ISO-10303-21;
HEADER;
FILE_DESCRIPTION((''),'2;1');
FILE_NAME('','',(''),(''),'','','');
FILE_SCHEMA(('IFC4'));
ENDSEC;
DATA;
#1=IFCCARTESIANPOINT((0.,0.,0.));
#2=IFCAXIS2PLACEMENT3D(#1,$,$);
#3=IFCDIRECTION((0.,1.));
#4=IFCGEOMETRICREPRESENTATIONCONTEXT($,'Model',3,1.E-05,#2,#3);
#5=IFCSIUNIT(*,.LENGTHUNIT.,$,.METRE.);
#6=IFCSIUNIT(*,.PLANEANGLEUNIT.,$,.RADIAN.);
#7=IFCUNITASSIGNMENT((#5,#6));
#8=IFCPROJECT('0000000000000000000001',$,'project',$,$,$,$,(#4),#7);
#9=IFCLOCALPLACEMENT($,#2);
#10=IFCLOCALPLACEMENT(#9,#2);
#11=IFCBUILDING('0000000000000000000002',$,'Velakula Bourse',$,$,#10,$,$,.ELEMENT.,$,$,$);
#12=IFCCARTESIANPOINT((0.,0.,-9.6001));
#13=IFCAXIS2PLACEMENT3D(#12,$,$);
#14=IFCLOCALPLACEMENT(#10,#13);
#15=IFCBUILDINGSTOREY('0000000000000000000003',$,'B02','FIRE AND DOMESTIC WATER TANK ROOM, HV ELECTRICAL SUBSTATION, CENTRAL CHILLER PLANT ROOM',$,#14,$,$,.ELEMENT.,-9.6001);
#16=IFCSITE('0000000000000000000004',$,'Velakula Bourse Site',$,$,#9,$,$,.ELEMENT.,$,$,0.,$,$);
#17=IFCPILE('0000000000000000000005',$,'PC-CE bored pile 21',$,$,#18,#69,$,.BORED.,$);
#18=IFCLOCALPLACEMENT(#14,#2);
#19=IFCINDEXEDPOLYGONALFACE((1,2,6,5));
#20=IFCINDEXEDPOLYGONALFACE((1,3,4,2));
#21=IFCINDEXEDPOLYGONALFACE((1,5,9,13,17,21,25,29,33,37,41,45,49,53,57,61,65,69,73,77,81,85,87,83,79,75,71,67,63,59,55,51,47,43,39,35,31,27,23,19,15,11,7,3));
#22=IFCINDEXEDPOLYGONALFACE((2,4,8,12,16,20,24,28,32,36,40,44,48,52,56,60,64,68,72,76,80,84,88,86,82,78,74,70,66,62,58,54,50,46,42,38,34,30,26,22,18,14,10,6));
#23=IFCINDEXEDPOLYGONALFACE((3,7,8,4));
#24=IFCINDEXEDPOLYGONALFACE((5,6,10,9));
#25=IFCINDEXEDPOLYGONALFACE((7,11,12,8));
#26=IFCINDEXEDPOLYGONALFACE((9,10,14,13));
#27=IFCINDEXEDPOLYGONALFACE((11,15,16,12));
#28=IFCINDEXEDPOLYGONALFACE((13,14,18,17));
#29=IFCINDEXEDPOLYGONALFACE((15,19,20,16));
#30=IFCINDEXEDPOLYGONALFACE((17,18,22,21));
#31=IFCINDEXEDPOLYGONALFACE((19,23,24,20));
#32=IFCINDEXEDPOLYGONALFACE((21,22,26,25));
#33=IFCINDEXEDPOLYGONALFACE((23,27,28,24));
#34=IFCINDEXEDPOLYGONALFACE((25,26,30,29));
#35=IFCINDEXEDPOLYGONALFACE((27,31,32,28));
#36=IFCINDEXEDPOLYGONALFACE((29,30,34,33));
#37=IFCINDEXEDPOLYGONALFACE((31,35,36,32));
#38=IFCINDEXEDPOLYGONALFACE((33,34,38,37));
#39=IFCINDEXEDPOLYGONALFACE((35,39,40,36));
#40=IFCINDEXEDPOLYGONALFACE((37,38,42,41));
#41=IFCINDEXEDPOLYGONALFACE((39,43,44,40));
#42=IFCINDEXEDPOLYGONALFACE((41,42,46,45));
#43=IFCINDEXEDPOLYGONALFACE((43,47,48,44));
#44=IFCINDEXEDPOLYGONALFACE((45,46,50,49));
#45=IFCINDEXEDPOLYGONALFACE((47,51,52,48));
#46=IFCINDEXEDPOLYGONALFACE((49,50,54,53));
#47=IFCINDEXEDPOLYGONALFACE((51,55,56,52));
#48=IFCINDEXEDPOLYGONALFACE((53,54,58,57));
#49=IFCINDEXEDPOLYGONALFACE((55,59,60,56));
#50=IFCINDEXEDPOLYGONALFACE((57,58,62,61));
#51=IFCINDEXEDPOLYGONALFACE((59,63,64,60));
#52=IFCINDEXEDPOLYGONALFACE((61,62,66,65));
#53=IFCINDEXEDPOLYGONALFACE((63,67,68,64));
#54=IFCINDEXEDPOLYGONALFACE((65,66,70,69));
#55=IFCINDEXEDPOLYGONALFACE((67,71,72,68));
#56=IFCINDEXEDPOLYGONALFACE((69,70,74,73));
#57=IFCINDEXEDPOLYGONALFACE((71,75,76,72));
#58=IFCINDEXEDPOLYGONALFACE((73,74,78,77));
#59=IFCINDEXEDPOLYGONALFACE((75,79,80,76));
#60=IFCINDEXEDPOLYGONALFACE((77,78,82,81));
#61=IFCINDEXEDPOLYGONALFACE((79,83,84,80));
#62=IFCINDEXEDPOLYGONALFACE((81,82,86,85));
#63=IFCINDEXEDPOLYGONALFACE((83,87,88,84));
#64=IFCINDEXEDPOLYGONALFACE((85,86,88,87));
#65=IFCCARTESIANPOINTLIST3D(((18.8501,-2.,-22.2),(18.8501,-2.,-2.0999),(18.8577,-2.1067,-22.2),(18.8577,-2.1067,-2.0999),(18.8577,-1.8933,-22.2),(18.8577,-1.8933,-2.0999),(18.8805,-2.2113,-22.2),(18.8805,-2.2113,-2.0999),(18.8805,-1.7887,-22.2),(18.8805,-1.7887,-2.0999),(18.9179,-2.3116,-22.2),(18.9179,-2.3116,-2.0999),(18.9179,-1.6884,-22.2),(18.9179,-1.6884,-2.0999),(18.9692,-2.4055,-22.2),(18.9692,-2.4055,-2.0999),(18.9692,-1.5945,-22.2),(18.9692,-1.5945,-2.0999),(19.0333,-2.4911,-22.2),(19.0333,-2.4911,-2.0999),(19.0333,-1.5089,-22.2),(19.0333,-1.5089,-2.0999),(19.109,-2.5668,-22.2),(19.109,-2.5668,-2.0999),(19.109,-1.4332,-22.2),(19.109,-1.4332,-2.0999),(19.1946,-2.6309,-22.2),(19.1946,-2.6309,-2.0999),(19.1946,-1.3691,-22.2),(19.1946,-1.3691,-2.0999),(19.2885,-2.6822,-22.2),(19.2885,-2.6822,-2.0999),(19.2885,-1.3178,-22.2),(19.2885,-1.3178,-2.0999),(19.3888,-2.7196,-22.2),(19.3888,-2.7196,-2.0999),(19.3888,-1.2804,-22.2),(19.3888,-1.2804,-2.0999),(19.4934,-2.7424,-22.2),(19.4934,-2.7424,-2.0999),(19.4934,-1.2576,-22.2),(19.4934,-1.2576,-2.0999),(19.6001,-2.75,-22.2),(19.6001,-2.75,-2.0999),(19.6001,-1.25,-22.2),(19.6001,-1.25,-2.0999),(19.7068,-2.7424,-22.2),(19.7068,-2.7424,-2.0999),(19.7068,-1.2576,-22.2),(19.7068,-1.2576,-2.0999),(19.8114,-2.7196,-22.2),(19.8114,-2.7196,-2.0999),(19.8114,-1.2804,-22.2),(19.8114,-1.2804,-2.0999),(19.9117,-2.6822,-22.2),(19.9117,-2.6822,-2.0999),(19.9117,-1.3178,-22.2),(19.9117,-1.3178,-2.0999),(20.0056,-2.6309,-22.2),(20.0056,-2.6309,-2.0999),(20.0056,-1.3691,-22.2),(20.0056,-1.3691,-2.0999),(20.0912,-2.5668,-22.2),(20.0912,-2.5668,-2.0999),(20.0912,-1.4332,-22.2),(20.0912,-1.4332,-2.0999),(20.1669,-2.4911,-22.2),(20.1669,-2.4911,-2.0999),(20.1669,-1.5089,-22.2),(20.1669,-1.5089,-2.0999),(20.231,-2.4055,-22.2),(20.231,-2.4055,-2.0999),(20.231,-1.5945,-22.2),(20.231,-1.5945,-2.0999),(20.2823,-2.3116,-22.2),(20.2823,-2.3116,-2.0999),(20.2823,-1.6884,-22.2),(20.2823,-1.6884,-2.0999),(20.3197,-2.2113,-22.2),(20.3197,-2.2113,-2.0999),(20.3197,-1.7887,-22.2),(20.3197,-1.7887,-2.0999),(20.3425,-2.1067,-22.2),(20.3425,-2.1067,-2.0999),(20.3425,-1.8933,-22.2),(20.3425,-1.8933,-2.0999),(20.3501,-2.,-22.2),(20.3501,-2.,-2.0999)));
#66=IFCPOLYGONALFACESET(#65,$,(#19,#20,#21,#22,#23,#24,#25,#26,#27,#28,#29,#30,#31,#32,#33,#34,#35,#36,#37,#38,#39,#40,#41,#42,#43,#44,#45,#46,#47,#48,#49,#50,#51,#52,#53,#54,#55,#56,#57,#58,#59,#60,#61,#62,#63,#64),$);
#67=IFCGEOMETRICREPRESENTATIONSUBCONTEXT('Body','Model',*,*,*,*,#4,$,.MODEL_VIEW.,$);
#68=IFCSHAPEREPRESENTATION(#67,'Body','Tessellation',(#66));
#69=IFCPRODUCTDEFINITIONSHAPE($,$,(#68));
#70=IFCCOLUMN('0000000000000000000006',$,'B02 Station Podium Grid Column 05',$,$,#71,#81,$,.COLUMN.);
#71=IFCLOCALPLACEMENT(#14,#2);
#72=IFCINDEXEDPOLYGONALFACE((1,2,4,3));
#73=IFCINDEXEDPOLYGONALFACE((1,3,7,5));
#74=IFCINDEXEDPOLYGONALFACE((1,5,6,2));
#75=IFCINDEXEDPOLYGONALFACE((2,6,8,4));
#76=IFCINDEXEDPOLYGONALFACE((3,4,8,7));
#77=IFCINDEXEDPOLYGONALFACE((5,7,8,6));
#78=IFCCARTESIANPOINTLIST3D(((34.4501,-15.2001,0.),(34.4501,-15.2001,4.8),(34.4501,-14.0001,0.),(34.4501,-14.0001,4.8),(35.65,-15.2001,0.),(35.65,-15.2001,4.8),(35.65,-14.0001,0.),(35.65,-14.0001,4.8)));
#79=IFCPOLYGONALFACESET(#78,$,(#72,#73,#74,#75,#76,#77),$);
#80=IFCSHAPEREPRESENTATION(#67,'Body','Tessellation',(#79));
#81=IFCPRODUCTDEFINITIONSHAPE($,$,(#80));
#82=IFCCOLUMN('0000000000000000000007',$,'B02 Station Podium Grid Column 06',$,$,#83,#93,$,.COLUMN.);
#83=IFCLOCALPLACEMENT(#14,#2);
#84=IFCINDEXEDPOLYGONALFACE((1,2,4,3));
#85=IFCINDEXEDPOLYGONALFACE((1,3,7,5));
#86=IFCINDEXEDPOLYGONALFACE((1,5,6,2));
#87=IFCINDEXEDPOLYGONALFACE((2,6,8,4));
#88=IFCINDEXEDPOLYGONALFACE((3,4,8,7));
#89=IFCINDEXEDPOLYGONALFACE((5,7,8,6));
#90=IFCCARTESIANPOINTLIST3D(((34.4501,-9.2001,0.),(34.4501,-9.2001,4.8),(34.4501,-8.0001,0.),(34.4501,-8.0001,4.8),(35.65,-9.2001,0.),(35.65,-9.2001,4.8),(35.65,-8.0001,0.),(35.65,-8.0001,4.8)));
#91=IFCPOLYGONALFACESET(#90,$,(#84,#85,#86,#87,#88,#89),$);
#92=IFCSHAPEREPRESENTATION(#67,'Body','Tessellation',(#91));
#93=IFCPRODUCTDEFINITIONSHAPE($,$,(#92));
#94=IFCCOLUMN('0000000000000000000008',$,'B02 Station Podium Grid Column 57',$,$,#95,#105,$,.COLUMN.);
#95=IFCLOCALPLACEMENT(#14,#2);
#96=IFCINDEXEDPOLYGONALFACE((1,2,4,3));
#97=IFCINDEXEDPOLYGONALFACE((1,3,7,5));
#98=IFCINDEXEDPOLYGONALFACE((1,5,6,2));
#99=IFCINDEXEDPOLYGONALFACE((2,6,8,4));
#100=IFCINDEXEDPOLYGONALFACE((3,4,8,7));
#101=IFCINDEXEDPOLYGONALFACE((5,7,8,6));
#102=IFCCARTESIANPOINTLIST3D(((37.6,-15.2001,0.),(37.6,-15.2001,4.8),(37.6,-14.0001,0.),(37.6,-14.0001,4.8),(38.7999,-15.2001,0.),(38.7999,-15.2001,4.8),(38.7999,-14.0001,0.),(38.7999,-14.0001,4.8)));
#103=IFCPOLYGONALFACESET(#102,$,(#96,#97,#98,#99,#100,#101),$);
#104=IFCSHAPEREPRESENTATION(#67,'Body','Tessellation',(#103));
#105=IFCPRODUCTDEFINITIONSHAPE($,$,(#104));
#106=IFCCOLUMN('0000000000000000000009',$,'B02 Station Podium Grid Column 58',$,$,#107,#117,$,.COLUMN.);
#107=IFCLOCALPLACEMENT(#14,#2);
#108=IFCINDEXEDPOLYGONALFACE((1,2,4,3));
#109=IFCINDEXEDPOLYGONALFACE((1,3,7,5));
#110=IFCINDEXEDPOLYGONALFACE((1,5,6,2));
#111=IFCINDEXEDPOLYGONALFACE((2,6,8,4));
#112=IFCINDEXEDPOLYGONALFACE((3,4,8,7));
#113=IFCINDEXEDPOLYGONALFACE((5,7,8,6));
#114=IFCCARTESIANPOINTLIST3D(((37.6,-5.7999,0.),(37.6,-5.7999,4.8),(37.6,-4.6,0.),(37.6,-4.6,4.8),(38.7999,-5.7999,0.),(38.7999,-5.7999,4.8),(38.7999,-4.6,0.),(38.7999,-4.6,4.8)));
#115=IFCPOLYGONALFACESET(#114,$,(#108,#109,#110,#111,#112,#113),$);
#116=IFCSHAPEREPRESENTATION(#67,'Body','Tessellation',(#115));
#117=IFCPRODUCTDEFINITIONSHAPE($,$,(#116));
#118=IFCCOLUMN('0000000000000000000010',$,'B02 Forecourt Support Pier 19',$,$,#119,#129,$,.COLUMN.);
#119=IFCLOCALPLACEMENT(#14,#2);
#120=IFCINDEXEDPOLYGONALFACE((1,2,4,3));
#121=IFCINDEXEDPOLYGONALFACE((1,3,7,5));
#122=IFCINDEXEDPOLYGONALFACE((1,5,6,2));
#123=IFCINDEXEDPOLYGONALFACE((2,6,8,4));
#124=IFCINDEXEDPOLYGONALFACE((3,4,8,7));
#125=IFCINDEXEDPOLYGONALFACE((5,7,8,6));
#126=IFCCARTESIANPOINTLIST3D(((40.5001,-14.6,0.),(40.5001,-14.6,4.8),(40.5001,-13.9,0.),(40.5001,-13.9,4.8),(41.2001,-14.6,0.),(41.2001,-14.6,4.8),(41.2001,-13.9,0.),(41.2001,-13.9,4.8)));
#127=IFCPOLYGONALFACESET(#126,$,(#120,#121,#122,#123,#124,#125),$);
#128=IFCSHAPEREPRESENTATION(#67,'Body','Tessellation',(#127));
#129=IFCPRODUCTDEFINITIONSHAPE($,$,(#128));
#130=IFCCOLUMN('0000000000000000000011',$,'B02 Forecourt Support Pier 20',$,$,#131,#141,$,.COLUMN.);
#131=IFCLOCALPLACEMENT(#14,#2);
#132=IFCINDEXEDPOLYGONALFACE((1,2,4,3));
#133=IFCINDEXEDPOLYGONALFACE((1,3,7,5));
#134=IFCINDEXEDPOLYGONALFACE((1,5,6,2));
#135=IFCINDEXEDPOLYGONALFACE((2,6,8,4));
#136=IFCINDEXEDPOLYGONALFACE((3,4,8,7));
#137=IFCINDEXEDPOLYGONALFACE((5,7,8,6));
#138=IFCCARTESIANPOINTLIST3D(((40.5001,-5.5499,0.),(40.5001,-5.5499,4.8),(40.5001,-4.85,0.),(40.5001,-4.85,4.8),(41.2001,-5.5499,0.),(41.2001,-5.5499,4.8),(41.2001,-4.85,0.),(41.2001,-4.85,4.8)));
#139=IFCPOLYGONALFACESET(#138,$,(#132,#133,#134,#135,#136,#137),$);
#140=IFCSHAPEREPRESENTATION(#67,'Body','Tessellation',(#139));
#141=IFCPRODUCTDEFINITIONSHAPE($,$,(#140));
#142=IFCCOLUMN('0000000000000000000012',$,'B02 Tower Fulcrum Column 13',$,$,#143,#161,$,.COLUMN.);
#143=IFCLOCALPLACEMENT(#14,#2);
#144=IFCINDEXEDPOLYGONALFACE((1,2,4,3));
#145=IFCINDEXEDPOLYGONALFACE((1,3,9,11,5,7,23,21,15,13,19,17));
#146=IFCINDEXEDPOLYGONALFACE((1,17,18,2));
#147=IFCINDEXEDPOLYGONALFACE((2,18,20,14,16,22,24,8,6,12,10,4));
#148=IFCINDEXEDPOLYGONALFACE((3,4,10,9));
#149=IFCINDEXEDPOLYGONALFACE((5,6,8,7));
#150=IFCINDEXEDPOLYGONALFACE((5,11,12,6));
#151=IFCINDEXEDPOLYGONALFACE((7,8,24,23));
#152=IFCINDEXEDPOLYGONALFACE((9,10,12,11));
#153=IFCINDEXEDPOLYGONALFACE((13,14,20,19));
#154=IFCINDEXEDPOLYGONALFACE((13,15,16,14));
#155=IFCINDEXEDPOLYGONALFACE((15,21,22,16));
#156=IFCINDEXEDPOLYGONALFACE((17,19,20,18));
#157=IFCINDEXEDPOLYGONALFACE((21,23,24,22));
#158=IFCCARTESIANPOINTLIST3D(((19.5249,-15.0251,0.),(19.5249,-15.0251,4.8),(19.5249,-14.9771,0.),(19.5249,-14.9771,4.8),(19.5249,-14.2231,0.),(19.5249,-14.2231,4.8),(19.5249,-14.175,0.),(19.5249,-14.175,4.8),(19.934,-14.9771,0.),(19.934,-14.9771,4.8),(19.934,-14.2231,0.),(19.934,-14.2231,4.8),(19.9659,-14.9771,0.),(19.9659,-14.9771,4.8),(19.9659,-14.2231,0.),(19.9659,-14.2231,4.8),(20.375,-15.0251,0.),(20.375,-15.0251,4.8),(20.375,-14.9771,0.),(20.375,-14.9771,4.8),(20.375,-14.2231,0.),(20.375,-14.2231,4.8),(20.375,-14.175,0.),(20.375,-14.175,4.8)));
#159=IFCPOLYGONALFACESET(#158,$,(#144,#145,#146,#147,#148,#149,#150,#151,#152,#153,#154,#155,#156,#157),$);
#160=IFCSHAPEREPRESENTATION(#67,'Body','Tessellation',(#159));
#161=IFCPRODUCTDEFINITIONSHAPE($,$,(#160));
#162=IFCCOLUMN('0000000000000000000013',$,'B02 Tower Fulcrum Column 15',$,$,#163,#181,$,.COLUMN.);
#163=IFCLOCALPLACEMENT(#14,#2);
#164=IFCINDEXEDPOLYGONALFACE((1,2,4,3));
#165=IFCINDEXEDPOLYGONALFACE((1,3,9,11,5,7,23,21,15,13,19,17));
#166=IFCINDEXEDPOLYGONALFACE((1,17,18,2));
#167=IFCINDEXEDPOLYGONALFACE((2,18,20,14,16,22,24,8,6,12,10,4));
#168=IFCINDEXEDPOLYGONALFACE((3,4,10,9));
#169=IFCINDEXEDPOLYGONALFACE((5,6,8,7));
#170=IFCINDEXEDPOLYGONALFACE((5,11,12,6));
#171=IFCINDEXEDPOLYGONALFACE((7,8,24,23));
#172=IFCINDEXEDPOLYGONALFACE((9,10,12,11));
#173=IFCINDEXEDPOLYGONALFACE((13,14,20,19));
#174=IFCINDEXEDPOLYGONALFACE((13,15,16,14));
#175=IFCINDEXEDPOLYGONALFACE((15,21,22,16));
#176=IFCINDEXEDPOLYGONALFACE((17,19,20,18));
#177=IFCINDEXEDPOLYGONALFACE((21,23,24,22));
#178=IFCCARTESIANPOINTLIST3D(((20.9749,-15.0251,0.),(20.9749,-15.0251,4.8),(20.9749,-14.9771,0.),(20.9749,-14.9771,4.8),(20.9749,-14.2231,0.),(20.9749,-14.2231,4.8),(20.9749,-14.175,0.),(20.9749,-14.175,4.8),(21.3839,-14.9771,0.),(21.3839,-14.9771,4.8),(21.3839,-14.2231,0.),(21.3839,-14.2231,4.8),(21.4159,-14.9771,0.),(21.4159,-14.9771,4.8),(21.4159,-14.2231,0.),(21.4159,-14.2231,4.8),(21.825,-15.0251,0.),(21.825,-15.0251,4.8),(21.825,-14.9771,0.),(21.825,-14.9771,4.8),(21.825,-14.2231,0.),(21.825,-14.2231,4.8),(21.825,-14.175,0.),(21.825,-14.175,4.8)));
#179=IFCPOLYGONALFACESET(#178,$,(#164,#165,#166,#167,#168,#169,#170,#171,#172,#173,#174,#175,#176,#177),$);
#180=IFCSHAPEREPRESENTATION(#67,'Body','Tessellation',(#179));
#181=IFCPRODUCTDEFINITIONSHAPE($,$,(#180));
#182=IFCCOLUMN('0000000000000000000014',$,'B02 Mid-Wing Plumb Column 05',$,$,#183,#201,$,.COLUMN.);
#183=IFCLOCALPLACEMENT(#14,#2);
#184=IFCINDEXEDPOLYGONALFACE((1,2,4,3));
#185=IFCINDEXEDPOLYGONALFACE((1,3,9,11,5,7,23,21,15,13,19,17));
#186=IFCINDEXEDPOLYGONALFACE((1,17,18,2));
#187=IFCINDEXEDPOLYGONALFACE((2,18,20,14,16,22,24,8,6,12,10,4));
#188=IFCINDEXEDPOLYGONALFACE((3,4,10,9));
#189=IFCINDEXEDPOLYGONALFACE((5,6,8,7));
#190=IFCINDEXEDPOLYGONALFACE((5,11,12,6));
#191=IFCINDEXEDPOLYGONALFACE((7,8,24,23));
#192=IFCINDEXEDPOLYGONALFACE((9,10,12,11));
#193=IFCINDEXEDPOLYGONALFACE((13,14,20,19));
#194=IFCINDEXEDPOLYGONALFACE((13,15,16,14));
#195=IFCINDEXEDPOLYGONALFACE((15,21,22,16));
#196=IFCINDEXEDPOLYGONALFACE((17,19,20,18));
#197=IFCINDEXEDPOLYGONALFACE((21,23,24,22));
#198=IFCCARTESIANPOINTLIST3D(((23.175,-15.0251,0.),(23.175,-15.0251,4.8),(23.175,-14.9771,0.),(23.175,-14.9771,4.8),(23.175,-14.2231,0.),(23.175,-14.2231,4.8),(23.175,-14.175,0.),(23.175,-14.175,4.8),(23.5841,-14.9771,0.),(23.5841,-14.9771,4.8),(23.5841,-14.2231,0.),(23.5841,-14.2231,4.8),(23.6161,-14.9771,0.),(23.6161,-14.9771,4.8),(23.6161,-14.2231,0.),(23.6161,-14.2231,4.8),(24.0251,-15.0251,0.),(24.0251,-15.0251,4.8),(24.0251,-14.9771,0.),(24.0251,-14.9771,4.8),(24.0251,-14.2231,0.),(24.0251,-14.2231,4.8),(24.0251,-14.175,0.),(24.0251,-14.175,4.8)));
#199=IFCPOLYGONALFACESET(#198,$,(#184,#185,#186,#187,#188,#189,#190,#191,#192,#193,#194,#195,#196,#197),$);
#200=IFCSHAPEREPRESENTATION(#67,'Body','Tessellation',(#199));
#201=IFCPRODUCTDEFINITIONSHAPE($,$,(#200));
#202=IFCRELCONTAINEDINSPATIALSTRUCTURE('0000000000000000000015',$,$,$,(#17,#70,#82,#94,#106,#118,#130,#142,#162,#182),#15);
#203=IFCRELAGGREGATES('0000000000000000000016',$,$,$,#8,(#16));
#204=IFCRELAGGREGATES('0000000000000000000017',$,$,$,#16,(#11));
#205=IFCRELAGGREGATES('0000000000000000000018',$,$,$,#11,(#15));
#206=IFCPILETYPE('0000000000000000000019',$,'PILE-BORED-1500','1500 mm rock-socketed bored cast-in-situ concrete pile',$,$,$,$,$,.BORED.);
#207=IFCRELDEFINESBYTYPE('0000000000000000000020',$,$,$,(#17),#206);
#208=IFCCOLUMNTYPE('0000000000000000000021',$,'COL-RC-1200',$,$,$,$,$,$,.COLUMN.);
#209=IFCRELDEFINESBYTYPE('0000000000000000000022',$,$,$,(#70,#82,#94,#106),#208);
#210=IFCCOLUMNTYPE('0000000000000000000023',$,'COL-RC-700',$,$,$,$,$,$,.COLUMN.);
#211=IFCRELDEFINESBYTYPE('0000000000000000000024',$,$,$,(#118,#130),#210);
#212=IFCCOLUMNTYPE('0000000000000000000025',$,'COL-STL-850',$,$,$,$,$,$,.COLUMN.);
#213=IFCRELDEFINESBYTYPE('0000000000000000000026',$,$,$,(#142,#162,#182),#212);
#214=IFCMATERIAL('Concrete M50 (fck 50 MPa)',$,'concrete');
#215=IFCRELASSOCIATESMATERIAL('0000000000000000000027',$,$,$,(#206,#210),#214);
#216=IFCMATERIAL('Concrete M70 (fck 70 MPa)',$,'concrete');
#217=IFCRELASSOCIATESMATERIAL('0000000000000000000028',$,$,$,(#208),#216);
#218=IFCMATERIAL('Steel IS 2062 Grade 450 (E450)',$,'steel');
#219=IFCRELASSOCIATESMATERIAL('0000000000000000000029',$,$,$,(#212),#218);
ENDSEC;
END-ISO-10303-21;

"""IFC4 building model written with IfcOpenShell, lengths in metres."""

from ifc_helpers import new_model, si_unit, direction, frame, origin, origin_2d, place, context, subcontext, project, spatial, rectangle, circle, i_section, extrude, material, material_profile, profile_set, type_object, element, save


model = new_model("IFC4")

# Units and contexts
model_context = context("Model", 3, precision=1e-05, world=origin(), true_north=direction((0.0, 1.0)))
body_context = subcontext(model_context, "Body", "Model", "MODEL_VIEW")
ifc_project = project(units=[si_unit("LENGTHUNIT", "METRE"), si_unit("PLANEANGLEUNIT", "RADIAN")], contexts=[model_context])

# Site, building, storey
site_placement = place(None, origin())
site = spatial("IfcSite", under=ifc_project, at=site_placement, Name="Velakula Bourse Site", CompositionType="ELEMENT", RefElevation=0.0)
building_placement = place(site_placement, origin())
building = spatial("IfcBuilding", under=site, at=building_placement, Name="Velakula Bourse", CompositionType="ELEMENT")
storey_placement = place(building_placement, frame((0.0, 0.0, -9.6001)))
storey = spatial("IfcBuildingStorey", under=building, at=storey_placement, Name="B02", Description="FIRE AND DOMESTIC WATER TANK ROOM, HV ELECTRICAL SUBSTATION, CENTRAL CHILLER PLANT ROOM", CompositionType="ELEMENT", Elevation=-9.6001)

# Shared definitions
ifc_material_1 = material(Name="Concrete M70 (fck 70 MPa)", Category="concrete")
ifc_material_2 = material(Name="Concrete M50 (fck 50 MPa)", Category="concrete")

# Pile
ifc_material_profile_1 = material_profile(ifc_material_2, circle(Radius=0.75, at=origin_2d()), Name="Concrete M50 (fck 50 MPa)")
ifc_profile_set_1 = profile_set([ifc_material_profile_1], Name="Concrete M50 (fck 50 MPa)")
pile_type_1 = type_object("IfcPileType", Name="PILE-BORED-1500", Description="1500 mm rock-socketed bored cast-in-situ concrete pile", PredefinedType="BORED", material=ifc_profile_set_1)
for number, where, z_axis, x_axis, name in (
    (1, (19.6001, -2.0, -2.0999), (0.0, 0.0, -1.0), (1.0, 0.0, 0.0), "PC-CE bored pile 21"),
):
    element("IfcPile", number, at=place(storey_placement, frame(where, z_axis=z_axis, x_axis=x_axis)), inside=storey, type_object=pile_type_1, Name=name, PredefinedType="BORED", context=body_context, shape_type="SweptSolid", body=[
        extrude(circle(Radius=0.75, at=origin_2d()), origin(), (0.0, 0.0, 1.0), 20.1001),
    ])

# Columns
ifc_material_profile_2 = material_profile(ifc_material_1, rectangle(XDim=1.2, YDim=1.2, at=origin_2d()), Name="Concrete M70 (fck 70 MPa)")
ifc_profile_set_2 = profile_set([ifc_material_profile_2], Name="Concrete M70 (fck 70 MPa)")
column_type_1 = type_object("IfcColumnType", Name="COL-RC-1200", PredefinedType="COLUMN", material=ifc_profile_set_2)
for number, where, z_axis, x_axis, name in (
    (2, (35.05, -14.6001, 0.0), (0.0, 0.0, 1.0), (1.0, 0.0, 0.0), "B02 Station Podium Grid Column 05"),
    (3, (35.05, -8.6001, 0.0), (0.0, 0.0, 1.0), (1.0, 0.0, 0.0), "B02 Station Podium Grid Column 06"),
    (4, (38.2, -14.6001, 0.0), (0.0, 0.0, 1.0), (1.0, 0.0, 0.0), "B02 Station Podium Grid Column 57"),
    (5, (38.2, -5.2, 0.0), (0.0, 0.0, 1.0), (1.0, 0.0, 0.0), "B02 Station Podium Grid Column 58"),
):
    element("IfcColumn", number, at=place(storey_placement, frame(where, z_axis=z_axis, x_axis=x_axis)), inside=storey, type_object=column_type_1, Name=name, PredefinedType="COLUMN", context=body_context, shape_type="SweptSolid", body=[
        extrude(rectangle(XDim=1.2, YDim=1.2, at=origin_2d()), origin(), (0.0, 0.0, 1.0), 4.8),
    ])
ifc_material_profile_3 = material_profile(ifc_material_2, rectangle(XDim=0.7, YDim=0.7, at=origin_2d()), Name="Concrete M50 (fck 50 MPa)")
ifc_profile_set_3 = profile_set([ifc_material_profile_3], Name="Concrete M50 (fck 50 MPa)")
column_type_2 = type_object("IfcColumnType", Name="COL-RC-700", PredefinedType="COLUMN", material=ifc_profile_set_3)
for number, where, z_axis, x_axis, name in (
    (6, (40.8501, -14.25, 0.0), (0.0, 0.0, 1.0), (1.0, 0.0, 0.0), "B02 Forecourt Support Pier 19"),
    (7, (40.8501, -5.2, 0.0), (0.0, 0.0, 1.0), (1.0, 0.0, 0.0), "B02 Forecourt Support Pier 20"),
):
    element("IfcColumn", number, at=place(storey_placement, frame(where, z_axis=z_axis, x_axis=x_axis)), inside=storey, type_object=column_type_2, Name=name, PredefinedType="COLUMN", context=body_context, shape_type="SweptSolid", body=[
        extrude(rectangle(XDim=0.7, YDim=0.7, at=origin_2d()), origin(), (0.0, 0.0, 1.0), 4.8),
    ])
ifc_material_3 = material(Name="Steel IS 2062 Grade 450 (E450)", Category="steel")
ifc_material_profile_4 = material_profile(ifc_material_3, i_section(OverallWidth=0.8501, OverallDepth=0.8501, WebThickness=0.032, FlangeThickness=0.0481, at=origin_2d()), Name="Steel IS 2062 Grade 450 (E450)")
ifc_profile_set_4 = profile_set([ifc_material_profile_4], Name="Steel IS 2062 Grade 450 (E450)")
column_type_3 = type_object("IfcColumnType", Name="COL-STL-850", PredefinedType="COLUMN", material=ifc_profile_set_4)
for number, where, z_axis, x_axis, name in (
    (8, (19.95, -14.6001, 0.0), (0.0, 0.0, 1.0), (1.0, 0.0, 0.0), "B02 Tower Fulcrum Column 13"),
    (9, (21.3999, -14.6001, 0.0), (0.0, 0.0, 1.0), (1.0, 0.0, 0.0), "B02 Tower Fulcrum Column 15"),
    (10, (23.6001, -14.6001, 0.0), (0.0, 0.0, 1.0), (1.0, 0.0, 0.0), "B02 Mid-Wing Plumb Column 05"),
):
    element("IfcColumn", number, at=place(storey_placement, frame(where, z_axis=z_axis, x_axis=x_axis)), inside=storey, type_object=column_type_3, Name=name, PredefinedType="COLUMN", context=body_context, shape_type="SweptSolid", body=[
        extrude(i_section(OverallWidth=0.8501, OverallDepth=0.8501, WebThickness=0.032, FlangeThickness=0.0481, at=origin_2d()), origin(), (0.0, 0.0, 1.0), 4.8),
    ])

save(model, "model.ifc")
